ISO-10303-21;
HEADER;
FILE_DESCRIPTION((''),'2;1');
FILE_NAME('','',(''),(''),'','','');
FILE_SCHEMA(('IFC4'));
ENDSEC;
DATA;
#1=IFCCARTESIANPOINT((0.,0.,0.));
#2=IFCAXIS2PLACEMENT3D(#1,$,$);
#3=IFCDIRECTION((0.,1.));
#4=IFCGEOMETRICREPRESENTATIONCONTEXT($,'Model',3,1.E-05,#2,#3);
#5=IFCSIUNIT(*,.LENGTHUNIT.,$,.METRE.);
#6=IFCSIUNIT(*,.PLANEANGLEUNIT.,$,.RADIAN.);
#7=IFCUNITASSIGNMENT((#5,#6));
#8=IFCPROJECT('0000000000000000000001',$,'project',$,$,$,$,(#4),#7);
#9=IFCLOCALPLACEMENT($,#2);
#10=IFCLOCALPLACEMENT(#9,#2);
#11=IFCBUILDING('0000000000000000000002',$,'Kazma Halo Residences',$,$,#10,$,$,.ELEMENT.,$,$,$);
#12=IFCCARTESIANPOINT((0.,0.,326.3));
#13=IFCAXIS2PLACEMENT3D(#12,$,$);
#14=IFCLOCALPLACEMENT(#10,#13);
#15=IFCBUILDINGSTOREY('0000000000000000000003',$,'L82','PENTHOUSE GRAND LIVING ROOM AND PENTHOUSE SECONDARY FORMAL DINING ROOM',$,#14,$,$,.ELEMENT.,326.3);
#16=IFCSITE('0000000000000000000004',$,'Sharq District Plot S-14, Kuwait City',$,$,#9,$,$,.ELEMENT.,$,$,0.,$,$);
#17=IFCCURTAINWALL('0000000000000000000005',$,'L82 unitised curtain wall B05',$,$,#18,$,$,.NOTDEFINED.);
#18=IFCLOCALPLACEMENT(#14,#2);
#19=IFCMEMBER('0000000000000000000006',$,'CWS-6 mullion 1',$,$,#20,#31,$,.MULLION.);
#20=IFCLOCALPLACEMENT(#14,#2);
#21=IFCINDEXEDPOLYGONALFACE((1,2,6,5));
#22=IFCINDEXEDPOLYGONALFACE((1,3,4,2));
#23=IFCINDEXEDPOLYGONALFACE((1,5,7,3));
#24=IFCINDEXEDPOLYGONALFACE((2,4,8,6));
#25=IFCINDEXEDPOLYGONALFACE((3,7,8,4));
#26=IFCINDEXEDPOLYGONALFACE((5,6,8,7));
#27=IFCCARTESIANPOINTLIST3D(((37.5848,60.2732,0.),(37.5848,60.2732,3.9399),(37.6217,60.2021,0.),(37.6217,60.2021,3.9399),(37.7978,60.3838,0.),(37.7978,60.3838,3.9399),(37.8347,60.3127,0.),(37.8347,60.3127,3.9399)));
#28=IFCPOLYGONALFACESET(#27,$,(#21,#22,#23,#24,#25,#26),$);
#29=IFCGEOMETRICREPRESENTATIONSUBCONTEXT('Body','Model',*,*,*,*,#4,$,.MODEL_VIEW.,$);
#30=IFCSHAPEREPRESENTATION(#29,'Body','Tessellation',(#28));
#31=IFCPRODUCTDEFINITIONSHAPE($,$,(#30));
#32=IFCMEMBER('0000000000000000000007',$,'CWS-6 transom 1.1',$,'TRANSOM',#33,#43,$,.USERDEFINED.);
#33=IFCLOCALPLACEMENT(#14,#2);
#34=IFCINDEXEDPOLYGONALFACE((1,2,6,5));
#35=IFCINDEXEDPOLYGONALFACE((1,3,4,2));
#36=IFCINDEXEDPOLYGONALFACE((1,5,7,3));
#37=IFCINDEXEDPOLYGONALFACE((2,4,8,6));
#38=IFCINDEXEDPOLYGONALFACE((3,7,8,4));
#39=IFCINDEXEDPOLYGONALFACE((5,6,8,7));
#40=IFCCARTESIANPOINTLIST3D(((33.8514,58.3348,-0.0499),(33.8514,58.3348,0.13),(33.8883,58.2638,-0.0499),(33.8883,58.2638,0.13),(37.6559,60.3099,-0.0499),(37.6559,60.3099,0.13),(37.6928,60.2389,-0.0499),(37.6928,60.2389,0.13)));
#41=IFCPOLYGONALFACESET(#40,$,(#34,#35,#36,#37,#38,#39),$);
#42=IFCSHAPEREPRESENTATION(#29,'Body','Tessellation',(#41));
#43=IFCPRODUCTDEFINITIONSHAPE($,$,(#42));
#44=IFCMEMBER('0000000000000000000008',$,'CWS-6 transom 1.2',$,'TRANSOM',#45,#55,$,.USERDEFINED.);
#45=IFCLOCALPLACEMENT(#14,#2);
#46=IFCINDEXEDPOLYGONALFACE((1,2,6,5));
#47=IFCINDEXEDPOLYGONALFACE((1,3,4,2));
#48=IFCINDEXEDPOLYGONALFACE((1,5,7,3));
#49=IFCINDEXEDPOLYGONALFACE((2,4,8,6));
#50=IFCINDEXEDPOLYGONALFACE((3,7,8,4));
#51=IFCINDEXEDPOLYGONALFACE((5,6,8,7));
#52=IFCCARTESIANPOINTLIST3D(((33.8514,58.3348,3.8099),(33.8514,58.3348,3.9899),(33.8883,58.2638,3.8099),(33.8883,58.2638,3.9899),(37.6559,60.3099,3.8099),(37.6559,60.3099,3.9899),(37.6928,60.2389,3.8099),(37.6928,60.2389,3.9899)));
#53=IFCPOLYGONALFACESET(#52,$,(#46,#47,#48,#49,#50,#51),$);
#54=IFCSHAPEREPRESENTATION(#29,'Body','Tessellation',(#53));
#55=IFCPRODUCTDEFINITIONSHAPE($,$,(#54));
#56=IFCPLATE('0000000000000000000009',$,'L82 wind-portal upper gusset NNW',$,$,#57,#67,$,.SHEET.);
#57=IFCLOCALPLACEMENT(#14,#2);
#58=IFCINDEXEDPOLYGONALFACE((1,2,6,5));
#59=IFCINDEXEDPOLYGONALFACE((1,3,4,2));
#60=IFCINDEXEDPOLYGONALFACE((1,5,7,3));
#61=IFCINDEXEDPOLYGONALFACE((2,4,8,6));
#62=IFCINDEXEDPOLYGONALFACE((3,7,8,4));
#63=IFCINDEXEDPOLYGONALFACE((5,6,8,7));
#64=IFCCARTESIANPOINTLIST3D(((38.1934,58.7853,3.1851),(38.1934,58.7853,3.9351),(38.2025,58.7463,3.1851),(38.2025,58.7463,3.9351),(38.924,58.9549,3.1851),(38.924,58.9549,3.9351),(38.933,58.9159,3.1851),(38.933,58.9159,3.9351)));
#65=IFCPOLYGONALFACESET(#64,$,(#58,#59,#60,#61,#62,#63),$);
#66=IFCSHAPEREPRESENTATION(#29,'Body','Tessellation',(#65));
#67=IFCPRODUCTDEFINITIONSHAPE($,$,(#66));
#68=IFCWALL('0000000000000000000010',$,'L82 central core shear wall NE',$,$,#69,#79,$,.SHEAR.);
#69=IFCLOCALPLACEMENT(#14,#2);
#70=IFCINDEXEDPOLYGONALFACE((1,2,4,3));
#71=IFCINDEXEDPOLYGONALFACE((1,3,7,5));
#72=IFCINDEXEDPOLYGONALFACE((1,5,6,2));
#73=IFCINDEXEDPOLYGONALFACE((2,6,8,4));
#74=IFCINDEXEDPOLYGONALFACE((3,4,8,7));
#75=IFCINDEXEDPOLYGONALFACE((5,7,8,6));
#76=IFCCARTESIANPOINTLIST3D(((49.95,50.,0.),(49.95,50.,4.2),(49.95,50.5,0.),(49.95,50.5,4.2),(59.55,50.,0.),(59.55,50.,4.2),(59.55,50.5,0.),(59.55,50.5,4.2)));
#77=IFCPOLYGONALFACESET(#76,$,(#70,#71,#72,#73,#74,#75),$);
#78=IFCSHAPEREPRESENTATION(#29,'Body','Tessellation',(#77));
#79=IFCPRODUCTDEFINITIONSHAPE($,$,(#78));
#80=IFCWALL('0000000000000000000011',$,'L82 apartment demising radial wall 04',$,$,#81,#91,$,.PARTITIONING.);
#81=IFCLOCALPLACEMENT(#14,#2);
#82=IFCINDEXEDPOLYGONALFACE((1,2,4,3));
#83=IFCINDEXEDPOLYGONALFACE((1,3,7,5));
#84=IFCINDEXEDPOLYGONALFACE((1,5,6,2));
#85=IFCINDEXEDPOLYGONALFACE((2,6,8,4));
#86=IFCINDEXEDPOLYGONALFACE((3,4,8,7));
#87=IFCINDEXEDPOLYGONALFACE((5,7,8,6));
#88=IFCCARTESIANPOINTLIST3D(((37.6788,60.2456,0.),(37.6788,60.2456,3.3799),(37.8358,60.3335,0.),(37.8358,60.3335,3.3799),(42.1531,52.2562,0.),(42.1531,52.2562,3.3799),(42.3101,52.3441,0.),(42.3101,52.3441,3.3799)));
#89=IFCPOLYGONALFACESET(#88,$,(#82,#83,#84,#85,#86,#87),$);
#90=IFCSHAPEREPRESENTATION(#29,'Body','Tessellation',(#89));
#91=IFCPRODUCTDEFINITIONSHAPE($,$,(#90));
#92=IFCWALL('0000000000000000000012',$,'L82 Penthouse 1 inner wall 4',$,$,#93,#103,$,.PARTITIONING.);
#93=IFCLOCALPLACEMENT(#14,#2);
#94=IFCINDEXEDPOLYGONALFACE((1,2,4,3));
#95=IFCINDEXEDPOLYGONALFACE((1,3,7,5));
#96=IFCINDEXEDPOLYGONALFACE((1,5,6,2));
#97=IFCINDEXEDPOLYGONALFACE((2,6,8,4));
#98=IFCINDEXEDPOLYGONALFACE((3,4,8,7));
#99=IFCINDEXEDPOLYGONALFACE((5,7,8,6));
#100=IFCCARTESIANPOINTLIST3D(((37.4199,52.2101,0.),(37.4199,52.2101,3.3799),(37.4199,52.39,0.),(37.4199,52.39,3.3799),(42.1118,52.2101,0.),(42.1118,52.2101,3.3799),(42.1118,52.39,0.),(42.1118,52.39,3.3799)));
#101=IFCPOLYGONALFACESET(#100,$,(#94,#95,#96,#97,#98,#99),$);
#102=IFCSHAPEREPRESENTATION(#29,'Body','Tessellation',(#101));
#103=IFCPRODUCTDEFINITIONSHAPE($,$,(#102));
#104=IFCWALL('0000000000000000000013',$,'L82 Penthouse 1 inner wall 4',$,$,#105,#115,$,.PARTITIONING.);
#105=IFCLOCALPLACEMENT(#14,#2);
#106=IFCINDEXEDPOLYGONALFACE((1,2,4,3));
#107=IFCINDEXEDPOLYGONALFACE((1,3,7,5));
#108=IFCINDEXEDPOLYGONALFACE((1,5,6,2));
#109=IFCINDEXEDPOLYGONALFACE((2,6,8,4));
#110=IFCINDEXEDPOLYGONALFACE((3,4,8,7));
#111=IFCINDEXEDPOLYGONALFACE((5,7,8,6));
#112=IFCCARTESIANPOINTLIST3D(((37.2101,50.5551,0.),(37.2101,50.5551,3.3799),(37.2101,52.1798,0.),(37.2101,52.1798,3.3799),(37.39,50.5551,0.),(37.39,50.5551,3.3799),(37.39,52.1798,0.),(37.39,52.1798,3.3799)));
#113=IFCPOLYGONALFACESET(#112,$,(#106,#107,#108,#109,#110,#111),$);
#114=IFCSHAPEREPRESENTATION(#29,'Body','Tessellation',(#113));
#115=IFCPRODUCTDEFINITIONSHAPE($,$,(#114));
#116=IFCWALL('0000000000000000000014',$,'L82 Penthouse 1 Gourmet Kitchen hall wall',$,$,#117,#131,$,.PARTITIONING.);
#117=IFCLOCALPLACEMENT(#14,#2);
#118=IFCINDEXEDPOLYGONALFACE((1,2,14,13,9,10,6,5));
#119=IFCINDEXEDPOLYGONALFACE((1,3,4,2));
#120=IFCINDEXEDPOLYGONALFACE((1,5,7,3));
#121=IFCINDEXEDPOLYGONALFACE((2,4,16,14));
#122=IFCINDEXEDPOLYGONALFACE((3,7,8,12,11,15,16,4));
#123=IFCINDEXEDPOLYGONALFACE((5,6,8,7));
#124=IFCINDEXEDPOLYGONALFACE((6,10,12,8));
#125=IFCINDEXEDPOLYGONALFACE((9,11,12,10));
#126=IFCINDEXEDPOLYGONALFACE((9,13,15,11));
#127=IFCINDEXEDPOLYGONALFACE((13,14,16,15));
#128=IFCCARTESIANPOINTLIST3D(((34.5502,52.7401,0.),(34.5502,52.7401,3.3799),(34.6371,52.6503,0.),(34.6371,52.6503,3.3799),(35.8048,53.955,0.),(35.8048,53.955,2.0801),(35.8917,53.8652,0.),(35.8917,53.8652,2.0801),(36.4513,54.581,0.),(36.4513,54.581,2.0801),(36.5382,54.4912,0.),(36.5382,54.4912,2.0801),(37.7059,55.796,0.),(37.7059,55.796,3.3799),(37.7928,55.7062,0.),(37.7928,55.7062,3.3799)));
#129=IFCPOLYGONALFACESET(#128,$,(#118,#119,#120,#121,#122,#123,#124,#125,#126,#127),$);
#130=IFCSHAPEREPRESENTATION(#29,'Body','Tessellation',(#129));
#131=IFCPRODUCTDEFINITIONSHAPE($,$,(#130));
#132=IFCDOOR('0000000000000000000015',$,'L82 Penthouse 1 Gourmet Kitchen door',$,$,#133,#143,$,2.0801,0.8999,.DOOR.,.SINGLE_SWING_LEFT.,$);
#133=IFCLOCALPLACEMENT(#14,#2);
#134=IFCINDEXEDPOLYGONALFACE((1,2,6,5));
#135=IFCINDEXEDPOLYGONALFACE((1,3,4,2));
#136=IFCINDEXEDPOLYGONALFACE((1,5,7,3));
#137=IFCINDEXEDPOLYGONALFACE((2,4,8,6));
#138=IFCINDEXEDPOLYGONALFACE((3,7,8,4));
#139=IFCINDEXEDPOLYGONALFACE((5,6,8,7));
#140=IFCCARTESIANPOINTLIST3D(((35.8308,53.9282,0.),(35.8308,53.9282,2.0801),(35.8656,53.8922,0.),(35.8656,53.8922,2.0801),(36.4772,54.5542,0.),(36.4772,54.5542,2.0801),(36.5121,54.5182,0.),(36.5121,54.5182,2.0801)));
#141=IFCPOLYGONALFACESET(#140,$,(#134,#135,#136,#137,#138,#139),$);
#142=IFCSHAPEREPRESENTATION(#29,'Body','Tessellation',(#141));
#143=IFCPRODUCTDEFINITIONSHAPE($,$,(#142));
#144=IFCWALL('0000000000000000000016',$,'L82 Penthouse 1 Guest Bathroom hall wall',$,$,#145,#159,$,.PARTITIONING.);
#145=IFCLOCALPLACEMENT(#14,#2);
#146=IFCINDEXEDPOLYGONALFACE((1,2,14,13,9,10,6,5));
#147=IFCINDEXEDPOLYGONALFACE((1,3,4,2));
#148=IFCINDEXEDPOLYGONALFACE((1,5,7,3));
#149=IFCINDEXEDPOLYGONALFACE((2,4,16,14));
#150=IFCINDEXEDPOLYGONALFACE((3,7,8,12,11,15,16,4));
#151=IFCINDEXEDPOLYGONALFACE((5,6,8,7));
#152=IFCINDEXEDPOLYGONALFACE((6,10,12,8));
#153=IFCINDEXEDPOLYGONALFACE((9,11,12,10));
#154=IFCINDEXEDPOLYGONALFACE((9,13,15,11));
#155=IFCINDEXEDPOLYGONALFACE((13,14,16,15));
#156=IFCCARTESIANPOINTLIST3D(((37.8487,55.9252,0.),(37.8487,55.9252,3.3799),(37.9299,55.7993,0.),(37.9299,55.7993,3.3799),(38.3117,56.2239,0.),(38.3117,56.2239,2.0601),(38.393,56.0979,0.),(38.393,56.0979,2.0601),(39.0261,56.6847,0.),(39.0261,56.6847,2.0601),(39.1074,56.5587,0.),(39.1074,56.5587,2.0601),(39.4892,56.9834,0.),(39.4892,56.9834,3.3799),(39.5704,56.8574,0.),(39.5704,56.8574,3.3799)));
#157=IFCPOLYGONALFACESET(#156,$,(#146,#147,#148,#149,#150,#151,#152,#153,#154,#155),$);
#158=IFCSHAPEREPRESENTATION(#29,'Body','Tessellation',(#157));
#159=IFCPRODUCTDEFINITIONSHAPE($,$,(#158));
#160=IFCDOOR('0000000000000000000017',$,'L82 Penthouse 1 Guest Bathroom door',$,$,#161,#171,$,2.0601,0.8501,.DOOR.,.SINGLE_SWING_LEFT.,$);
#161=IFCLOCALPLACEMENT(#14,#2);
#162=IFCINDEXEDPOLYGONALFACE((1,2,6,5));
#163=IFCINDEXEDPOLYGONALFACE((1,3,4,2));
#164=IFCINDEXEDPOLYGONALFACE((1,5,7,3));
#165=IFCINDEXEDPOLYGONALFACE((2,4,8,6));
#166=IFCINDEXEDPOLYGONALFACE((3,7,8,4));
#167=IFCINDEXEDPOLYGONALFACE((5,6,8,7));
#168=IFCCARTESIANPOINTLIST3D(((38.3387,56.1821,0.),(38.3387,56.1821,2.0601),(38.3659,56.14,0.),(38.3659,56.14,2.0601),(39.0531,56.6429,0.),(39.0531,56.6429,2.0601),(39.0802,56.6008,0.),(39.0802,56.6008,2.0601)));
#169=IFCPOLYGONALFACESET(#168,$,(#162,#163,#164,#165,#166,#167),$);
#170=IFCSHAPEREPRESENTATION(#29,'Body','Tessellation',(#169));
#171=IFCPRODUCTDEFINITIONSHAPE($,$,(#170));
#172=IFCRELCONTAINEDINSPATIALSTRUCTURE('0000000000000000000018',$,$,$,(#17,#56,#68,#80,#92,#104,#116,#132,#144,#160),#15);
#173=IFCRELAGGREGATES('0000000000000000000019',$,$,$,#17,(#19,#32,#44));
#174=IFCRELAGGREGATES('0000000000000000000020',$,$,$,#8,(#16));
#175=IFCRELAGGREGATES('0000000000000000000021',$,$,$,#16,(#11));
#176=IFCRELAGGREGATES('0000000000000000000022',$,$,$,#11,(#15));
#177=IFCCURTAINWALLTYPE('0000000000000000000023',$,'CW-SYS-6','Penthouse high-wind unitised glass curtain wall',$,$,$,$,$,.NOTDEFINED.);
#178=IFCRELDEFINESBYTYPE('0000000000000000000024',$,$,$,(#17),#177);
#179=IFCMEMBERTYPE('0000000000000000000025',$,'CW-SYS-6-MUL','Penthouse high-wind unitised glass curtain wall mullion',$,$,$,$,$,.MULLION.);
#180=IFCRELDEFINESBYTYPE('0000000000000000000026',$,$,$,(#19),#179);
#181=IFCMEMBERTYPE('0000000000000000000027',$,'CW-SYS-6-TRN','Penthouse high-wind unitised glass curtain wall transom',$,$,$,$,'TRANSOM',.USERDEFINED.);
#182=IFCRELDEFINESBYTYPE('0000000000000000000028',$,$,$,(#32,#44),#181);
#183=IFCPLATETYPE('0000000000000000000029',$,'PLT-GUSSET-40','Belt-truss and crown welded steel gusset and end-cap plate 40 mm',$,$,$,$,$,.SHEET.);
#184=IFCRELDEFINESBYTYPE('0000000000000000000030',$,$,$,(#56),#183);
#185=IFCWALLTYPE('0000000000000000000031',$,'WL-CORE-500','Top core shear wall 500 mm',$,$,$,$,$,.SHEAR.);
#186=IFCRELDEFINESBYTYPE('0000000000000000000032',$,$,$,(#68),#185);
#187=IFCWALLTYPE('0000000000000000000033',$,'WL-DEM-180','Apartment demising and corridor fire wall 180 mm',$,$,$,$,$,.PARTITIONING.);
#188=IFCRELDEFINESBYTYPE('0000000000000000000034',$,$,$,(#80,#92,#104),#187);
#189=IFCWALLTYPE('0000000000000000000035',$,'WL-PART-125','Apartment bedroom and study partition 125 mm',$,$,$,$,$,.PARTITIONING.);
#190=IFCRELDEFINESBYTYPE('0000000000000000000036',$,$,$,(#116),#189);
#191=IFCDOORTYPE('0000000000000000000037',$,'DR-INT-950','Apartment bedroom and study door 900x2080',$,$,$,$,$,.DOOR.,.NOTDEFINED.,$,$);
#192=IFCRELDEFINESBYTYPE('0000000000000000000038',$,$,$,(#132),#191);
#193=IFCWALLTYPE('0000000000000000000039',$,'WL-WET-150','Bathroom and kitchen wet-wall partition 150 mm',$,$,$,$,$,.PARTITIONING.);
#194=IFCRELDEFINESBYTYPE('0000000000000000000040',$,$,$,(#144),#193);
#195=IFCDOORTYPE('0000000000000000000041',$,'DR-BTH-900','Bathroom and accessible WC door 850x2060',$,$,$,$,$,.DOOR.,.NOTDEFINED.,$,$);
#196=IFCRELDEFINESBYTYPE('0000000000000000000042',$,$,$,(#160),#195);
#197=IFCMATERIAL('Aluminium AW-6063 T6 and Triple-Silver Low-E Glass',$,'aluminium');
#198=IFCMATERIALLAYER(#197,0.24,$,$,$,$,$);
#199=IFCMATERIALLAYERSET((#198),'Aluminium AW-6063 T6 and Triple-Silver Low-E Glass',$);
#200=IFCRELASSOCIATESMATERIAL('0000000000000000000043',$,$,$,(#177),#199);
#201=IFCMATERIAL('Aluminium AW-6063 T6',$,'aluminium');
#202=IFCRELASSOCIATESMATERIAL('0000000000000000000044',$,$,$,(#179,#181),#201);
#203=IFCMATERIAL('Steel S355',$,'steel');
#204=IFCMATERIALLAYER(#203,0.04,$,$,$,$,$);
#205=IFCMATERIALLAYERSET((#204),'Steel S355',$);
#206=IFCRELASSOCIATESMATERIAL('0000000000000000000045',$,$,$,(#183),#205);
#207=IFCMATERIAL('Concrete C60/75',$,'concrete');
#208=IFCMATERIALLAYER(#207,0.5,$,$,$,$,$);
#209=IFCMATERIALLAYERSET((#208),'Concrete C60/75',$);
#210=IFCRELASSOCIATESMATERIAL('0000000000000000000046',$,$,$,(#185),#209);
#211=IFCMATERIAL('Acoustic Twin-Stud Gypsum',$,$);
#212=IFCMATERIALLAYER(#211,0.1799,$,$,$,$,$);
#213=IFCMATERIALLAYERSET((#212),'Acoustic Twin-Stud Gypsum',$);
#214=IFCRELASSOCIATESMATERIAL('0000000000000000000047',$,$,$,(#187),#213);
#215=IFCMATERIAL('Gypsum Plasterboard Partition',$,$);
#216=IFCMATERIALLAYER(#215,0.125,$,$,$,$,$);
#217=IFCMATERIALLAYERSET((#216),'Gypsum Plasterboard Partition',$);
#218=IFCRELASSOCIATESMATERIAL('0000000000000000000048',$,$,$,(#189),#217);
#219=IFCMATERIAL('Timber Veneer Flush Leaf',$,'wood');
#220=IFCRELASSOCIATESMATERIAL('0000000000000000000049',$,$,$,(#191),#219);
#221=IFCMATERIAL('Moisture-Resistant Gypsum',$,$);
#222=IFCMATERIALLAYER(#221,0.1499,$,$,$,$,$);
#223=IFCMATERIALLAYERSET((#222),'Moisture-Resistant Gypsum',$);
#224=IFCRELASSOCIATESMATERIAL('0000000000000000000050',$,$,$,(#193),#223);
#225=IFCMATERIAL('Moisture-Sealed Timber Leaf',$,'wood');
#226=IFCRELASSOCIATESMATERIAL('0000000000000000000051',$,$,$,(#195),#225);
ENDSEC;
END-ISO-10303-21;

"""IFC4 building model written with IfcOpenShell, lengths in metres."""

from ifc_helpers import new_model, si_unit, direction, frame, frame_2d, origin, origin_2d, place, context, subcontext, project, spatial, rectangle, extrude, material, layer, layer_set, material_profile, profile_set, type_object, element, fill, aggregate, save


model = new_model("IFC4")

# Units and contexts
model_context = context("Model", 3, precision=1e-05, world=origin(), true_north=direction((0.0, 1.0)))
body_context = subcontext(model_context, "Body", "Model", "MODEL_VIEW")
ifc_project = project(units=[si_unit("LENGTHUNIT", "METRE"), si_unit("PLANEANGLEUNIT", "RADIAN")], contexts=[model_context])

# Site, building, storey
site_placement = place(None, origin())
site = spatial("IfcSite", under=ifc_project, at=site_placement, Name="Sharq District Plot S-14, Kuwait City", CompositionType="ELEMENT", RefElevation=0.0)
building_placement = place(site_placement, origin())
building = spatial("IfcBuilding", under=site, at=building_placement, Name="Kazma Halo Residences", CompositionType="ELEMENT")
storey_placement = place(building_placement, frame((0.0, 0.0, 326.3)))
storey = spatial("IfcBuildingStorey", under=building, at=storey_placement, Name="L82", Description="PENTHOUSE GRAND LIVING ROOM AND PENTHOUSE SECONDARY FORMAL DINING ROOM", CompositionType="ELEMENT", Elevation=326.3)

# Shared definitions
ifc_material_1 = material(Name="Concrete C60/75", Category="concrete")

# Shared definitions
ifc_material_2 = material(Name="Steel S355", Category="steel")

# Curtain wall, members
ifc_material_3 = material(Name="Aluminium AW-6063 T6 and Triple-Silver Low-E Glass", Category="aluminium")
ifc_layer_1 = layer(ifc_material_3, 0.24)
ifc_layer_set_1 = layer_set([ifc_layer_1], Name="Aluminium AW-6063 T6 and Triple-Silver Low-E Glass")
curtain_wall_type = type_object("IfcCurtainWallType", Name="CW-SYS-6", Description="Penthouse high-wind unitised glass curtain wall", PredefinedType="NOTDEFINED", material=ifc_layer_set_1)
curtain_wall_placement = place(storey_placement, origin())
curtain_wall = element("IfcCurtainWall", 1, at=curtain_wall_placement, inside=storey, type_object=curtain_wall_type, Name="L82 unitised curtain wall B05", PredefinedType="NOTDEFINED")
ifc_material_4 = material(Name="Aluminium AW-6063 T6", Category="aluminium")
ifc_material_profile_1 = material_profile(ifc_material_4, rectangle(XDim=0.0801, YDim=0.24, at=origin_2d()), Name="CWM-80x240")
ifc_profile_set_1 = profile_set([ifc_material_profile_1], Name="Aluminium AW-6063 T6")
member_type_1 = type_object("IfcMemberType", Name="CW-SYS-6-MUL", Description="Penthouse high-wind unitised glass curtain wall mullion", PredefinedType="MULLION", material=ifc_profile_set_1)
member_1_placement = place(storey_placement, frame((37.7097, 60.293, 0.0), z_axis=(0.0, 0.0, 1.0), x_axis=(0.460796, -0.887506, 0.0)))
member_1 = element("IfcMember", 2, at=member_1_placement, type_object=member_type_1, Name="CWS-6 mullion 1", PredefinedType="MULLION", context=body_context, shape_type="SweptSolid", body=[
    extrude(rectangle(XDim=0.0801, YDim=0.24, at=origin_2d()), origin(), (0.0, 0.0, 1.0), 3.9399),
])
ifc_material_profile_2 = material_profile(ifc_material_4, rectangle(XDim=0.0801, YDim=0.1799, at=origin_2d()), Name="CWT-80x180")
ifc_profile_set_2 = profile_set([ifc_material_profile_2], Name="Aluminium AW-6063 T6")
member_type_2 = type_object("IfcMemberType", Name="CW-SYS-6-TRN", Description="Penthouse high-wind unitised glass curtain wall transom", ElementType="TRANSOM", PredefinedType="USERDEFINED", material=ifc_profile_set_2)
member_2_placement = place(storey_placement, frame((37.6743, 60.2744, 0.04), z_axis=(-0.887523, -0.460763, 0.0), x_axis=(0.460763, -0.887523, 0.0)))
member_2 = element("IfcMember", 3, at=member_2_placement, type_object=member_type_2, Name="CWS-6 transom 1.1", ObjectType="TRANSOM", PredefinedType="USERDEFINED", context=body_context, shape_type="SweptSolid", body=[
    extrude(rectangle(XDim=0.0801, YDim=0.1799, at=origin_2d()), origin(), (0.0, 0.0, 1.0), 4.2866),
])
member_3_placement = place(storey_placement, frame((37.6743, 60.2744, 3.8999), z_axis=(-0.887523, -0.460763, 0.0), x_axis=(0.460763, -0.887523, 0.0)))
member_3 = element("IfcMember", 4, at=member_3_placement, type_object=member_type_2, Name="CWS-6 transom 1.2", ObjectType="TRANSOM", PredefinedType="USERDEFINED", context=body_context, shape_type="SweptSolid", body=[
    extrude(rectangle(XDim=0.0801, YDim=0.1799, at=origin_2d()), origin(), (0.0, 0.0, 1.0), 4.2866),
])
aggregate(curtain_wall, [member_1, member_2, member_3])

# Plate
ifc_layer_2 = layer(ifc_material_2, 0.04)
ifc_layer_set_2 = layer_set([ifc_layer_2], Name="Steel S355")
plate_type = type_object("IfcPlateType", Name="PLT-GUSSET-40", Description="Belt-truss and crown welded steel gusset and end-cap plate 40 mm", PredefinedType="SHEET", material=ifc_layer_set_2)
plate_placement = place(storey_placement, frame((38.5632, 58.8506, 3.1851), z_axis=(0.0, 0.0, 1.0), x_axis=(-0.974084, -0.226188, 0.0)))
element("IfcPlate", 5, at=plate_placement, inside=storey, type_object=plate_type, Name="L82 wind-portal upper gusset NNW", PredefinedType="SHEET", context=body_context, shape_type="SweptSolid", body=[
    extrude(rectangle(XDim=0.75, YDim=0.04, at=origin_2d()), origin(), (0.0, 0.0, 1.0), 0.75),
])

# Walls
ifc_layer_3 = layer(ifc_material_1, 0.5)
ifc_layer_set_3 = layer_set([ifc_layer_3], Name="Concrete C60/75")
wall_type_1 = type_object("IfcWallType", Name="WL-CORE-500", Description="Top core shear wall 500 mm", PredefinedType="SHEAR", material=ifc_layer_set_3)
wall_1_placement = place(storey_placement, frame((49.95, 50.25, 0.0), z_axis=(0.0, 0.0, 1.0), x_axis=(1.0, 0.0, 0.0)))
element("IfcWall", 6, at=wall_1_placement, inside=storey, type_object=wall_type_1, Name="L82 central core shear wall NE", PredefinedType="SHEAR", context=body_context, shape_type="SweptSolid", body=[
    extrude(rectangle(XDim=9.6001, YDim=0.5, at=frame_2d((4.8, 0.0))), origin(), (0.0, 0.0, 1.0), 4.2),
])
ifc_material_5 = material(Name="Acoustic Twin-Stud Gypsum")
ifc_layer_4 = layer(ifc_material_5, 0.1799)
ifc_layer_set_4 = layer_set([ifc_layer_4], Name="Acoustic Twin-Stud Gypsum")
wall_type_2 = type_object("IfcWallType", Name="WL-DEM-180", Description="Apartment demising and corridor fire wall 180 mm", PredefinedType="PARTITIONING", material=ifc_layer_set_4)
wall_2_placement = place(storey_placement, frame((42.2317, 52.3, 0.0), z_axis=(0.0, 0.0, 1.0), x_axis=(-0.488624, 0.872495, 0.0)))
element("IfcWall", 7, at=wall_2_placement, inside=storey, type_object=wall_type_2, Name="L82 apartment demising radial wall 04", PredefinedType="PARTITIONING", context=body_context, shape_type="SweptSolid", body=[
    extrude(rectangle(XDim=9.157, YDim=0.1799, at=frame_2d((4.5786, 0.0))), origin(), (0.0, 0.0, 1.0), 3.3799),
])
wall_3_placement = place(storey_placement, frame((42.1118, 52.3, 0.0), z_axis=(0.0, 0.0, 1.0), x_axis=(-1.0, 0.0, 0.0)))
element("IfcWall", 8, at=wall_3_placement, inside=storey, type_object=wall_type_2, Name="L82 Penthouse 1 inner wall 4", PredefinedType="PARTITIONING", context=body_context, shape_type="SweptSolid", body=[
    extrude(rectangle(XDim=4.6919, YDim=0.1799, at=frame_2d((2.3459, 0.0))), origin(), (0.0, 0.0, 1.0), 3.3799),
])
wall_4_placement = place(storey_placement, frame((37.3, 52.1799, 0.0), z_axis=(0.0, 0.0, 1.0), x_axis=(0.0, -1.0, 0.0)))
element("IfcWall", 9, at=wall_4_placement, inside=storey, type_object=wall_type_2, Name="L82 Penthouse 1 inner wall 4", PredefinedType="PARTITIONING", context=body_context, shape_type="SweptSolid", body=[
    extrude(rectangle(XDim=1.6248, YDim=0.1799, at=frame_2d((0.8125, 0.0))), origin(), (0.0, 0.0, 1.0), 3.3799),
])

# Walls, openings, doors
ifc_material_6 = material(Name="Gypsum Plasterboard Partition")
ifc_layer_5 = layer(ifc_material_6, 0.125)
ifc_layer_set_5 = layer_set([ifc_layer_5], Name="Gypsum Plasterboard Partition")
wall_type_3 = type_object("IfcWallType", Name="WL-PART-125", Description="Apartment bedroom and study partition 125 mm", PredefinedType="PARTITIONING", material=ifc_layer_set_5)
wall_5_placement = place(storey_placement, frame((37.7493, 55.751, 0.0), z_axis=(0.0, 0.0, 1.0), x_axis=(-0.718381, -0.69565, 0.0)))
wall_5 = element("IfcWall", 10, at=wall_5_placement, inside=storey, type_object=wall_type_3, Name="L82 Penthouse 1 Gourmet Kitchen hall wall", PredefinedType="PARTITIONING", context=body_context, shape_type="SweptSolid", body=[
    extrude(rectangle(XDim=4.3928, YDim=0.125, at=frame_2d((2.1963, 0.0))), origin(), (0.0, 0.0, 1.0), 3.3799),
])
opening_1_placement = place(wall_5_placement, frame((1.7463, 0.0, 0.0)))
opening_1 = element("IfcOpeningElement", 11, at=opening_1_placement, cuts=wall_5, PredefinedType="OPENING", context=body_context, shape_type="SweptSolid", body=[
    extrude(rectangle(XDim=0.8999, YDim=2.0801, at=frame_2d((0.45, 1.04))), frame((0.0, 0.0725, 0.0), z_axis=(0.0, -1.0, 0.0), x_axis=(1.0, 0.0, 0.0)), (0.0, 0.0, 1.0), 0.145),
])
ifc_material_7 = material(Name="Timber Veneer Flush Leaf", Category="wood")
door_type_1 = type_object("IfcDoorType", Name="DR-INT-950", Description="Apartment bedroom and study door 900x2080", OperationType="NOTDEFINED", PredefinedType="DOOR", material=ifc_material_7)
door_1_placement = place(opening_1_placement, origin())
door_1 = element("IfcDoor", 12, at=door_1_placement, inside=storey, type_object=door_type_1, Name="L82 Penthouse 1 Gourmet Kitchen door", OperationType="SINGLE_SWING_LEFT", OverallHeight=2.0801, OverallWidth=0.8999, PredefinedType="DOOR", context=body_context, shape_type="SweptSolid", body=[
    extrude(rectangle(XDim=0.8999, YDim=2.0801, at=frame_2d((0.45, 1.04))), frame((0.0, 0.0249, 0.0), z_axis=(0.0, -1.0, 0.0), x_axis=(1.0, 0.0, 0.0)), (0.0, 0.0, 1.0), 0.05),
])
fill(opening_1, door_1)
ifc_material_8 = material(Name="Moisture-Resistant Gypsum")
ifc_layer_6 = layer(ifc_material_8, 0.1499)
ifc_layer_set_6 = layer_set([ifc_layer_6], Name="Moisture-Resistant Gypsum")
wall_type_4 = type_object("IfcWallType", Name="WL-WET-150", Description="Bathroom and kitchen wet-wall partition 150 mm", PredefinedType="PARTITIONING", material=ifc_layer_set_6)
wall_6_placement = place(storey_placement, frame((39.5298, 56.9204, 0.0), z_axis=(0.0, 0.0, 1.0), x_axis=(-0.840344, -0.542053, 0.0)))
wall_6 = element("IfcWall", 13, at=wall_6_placement, inside=storey, type_object=wall_type_4, Name="L82 Penthouse 1 Guest Bathroom hall wall", PredefinedType="PARTITIONING", context=body_context, shape_type="SweptSolid", body=[
    extrude(rectangle(XDim=1.9521, YDim=0.1499, at=frame_2d((0.9761, 0.0))), origin(), (0.0, 0.0, 1.0), 3.3799),
])
opening_2_placement = place(wall_6_placement, frame((0.551, 0.0, 0.0)))
opening_2 = element("IfcOpeningElement", 14, at=opening_2_placement, cuts=wall_6, PredefinedType="OPENING", context=body_context, shape_type="SweptSolid", body=[
    extrude(rectangle(XDim=0.8501, YDim=2.0601, at=frame_2d((0.425, 1.03))), frame((0.0, 0.085, 0.0), z_axis=(0.0, -1.0, 0.0), x_axis=(1.0, 0.0, 0.0)), (0.0, 0.0, 1.0), 0.1699),
])
ifc_material_9 = material(Name="Moisture-Sealed Timber Leaf", Category="wood")
door_type_2 = type_object("IfcDoorType", Name="DR-BTH-900", Description="Bathroom and accessible WC door 850x2060", OperationType="NOTDEFINED", PredefinedType="DOOR", material=ifc_material_9)
door_2_placement = place(opening_2_placement, origin())
door_2 = element("IfcDoor", 15, at=door_2_placement, inside=storey, type_object=door_type_2, Name="L82 Penthouse 1 Guest Bathroom door", OperationType="SINGLE_SWING_LEFT", OverallHeight=2.0601, OverallWidth=0.8501, PredefinedType="DOOR", context=body_context, shape_type="SweptSolid", body=[
    extrude(rectangle(XDim=0.8501, YDim=2.0601, at=frame_2d((0.425, 1.03))), frame((0.0, 0.0249, 0.0), z_axis=(0.0, -1.0, 0.0), x_axis=(1.0, 0.0, 0.0)), (0.0, 0.0, 1.0), 0.05),
])
fill(opening_2, door_2)

save(model, "model.ifc")
